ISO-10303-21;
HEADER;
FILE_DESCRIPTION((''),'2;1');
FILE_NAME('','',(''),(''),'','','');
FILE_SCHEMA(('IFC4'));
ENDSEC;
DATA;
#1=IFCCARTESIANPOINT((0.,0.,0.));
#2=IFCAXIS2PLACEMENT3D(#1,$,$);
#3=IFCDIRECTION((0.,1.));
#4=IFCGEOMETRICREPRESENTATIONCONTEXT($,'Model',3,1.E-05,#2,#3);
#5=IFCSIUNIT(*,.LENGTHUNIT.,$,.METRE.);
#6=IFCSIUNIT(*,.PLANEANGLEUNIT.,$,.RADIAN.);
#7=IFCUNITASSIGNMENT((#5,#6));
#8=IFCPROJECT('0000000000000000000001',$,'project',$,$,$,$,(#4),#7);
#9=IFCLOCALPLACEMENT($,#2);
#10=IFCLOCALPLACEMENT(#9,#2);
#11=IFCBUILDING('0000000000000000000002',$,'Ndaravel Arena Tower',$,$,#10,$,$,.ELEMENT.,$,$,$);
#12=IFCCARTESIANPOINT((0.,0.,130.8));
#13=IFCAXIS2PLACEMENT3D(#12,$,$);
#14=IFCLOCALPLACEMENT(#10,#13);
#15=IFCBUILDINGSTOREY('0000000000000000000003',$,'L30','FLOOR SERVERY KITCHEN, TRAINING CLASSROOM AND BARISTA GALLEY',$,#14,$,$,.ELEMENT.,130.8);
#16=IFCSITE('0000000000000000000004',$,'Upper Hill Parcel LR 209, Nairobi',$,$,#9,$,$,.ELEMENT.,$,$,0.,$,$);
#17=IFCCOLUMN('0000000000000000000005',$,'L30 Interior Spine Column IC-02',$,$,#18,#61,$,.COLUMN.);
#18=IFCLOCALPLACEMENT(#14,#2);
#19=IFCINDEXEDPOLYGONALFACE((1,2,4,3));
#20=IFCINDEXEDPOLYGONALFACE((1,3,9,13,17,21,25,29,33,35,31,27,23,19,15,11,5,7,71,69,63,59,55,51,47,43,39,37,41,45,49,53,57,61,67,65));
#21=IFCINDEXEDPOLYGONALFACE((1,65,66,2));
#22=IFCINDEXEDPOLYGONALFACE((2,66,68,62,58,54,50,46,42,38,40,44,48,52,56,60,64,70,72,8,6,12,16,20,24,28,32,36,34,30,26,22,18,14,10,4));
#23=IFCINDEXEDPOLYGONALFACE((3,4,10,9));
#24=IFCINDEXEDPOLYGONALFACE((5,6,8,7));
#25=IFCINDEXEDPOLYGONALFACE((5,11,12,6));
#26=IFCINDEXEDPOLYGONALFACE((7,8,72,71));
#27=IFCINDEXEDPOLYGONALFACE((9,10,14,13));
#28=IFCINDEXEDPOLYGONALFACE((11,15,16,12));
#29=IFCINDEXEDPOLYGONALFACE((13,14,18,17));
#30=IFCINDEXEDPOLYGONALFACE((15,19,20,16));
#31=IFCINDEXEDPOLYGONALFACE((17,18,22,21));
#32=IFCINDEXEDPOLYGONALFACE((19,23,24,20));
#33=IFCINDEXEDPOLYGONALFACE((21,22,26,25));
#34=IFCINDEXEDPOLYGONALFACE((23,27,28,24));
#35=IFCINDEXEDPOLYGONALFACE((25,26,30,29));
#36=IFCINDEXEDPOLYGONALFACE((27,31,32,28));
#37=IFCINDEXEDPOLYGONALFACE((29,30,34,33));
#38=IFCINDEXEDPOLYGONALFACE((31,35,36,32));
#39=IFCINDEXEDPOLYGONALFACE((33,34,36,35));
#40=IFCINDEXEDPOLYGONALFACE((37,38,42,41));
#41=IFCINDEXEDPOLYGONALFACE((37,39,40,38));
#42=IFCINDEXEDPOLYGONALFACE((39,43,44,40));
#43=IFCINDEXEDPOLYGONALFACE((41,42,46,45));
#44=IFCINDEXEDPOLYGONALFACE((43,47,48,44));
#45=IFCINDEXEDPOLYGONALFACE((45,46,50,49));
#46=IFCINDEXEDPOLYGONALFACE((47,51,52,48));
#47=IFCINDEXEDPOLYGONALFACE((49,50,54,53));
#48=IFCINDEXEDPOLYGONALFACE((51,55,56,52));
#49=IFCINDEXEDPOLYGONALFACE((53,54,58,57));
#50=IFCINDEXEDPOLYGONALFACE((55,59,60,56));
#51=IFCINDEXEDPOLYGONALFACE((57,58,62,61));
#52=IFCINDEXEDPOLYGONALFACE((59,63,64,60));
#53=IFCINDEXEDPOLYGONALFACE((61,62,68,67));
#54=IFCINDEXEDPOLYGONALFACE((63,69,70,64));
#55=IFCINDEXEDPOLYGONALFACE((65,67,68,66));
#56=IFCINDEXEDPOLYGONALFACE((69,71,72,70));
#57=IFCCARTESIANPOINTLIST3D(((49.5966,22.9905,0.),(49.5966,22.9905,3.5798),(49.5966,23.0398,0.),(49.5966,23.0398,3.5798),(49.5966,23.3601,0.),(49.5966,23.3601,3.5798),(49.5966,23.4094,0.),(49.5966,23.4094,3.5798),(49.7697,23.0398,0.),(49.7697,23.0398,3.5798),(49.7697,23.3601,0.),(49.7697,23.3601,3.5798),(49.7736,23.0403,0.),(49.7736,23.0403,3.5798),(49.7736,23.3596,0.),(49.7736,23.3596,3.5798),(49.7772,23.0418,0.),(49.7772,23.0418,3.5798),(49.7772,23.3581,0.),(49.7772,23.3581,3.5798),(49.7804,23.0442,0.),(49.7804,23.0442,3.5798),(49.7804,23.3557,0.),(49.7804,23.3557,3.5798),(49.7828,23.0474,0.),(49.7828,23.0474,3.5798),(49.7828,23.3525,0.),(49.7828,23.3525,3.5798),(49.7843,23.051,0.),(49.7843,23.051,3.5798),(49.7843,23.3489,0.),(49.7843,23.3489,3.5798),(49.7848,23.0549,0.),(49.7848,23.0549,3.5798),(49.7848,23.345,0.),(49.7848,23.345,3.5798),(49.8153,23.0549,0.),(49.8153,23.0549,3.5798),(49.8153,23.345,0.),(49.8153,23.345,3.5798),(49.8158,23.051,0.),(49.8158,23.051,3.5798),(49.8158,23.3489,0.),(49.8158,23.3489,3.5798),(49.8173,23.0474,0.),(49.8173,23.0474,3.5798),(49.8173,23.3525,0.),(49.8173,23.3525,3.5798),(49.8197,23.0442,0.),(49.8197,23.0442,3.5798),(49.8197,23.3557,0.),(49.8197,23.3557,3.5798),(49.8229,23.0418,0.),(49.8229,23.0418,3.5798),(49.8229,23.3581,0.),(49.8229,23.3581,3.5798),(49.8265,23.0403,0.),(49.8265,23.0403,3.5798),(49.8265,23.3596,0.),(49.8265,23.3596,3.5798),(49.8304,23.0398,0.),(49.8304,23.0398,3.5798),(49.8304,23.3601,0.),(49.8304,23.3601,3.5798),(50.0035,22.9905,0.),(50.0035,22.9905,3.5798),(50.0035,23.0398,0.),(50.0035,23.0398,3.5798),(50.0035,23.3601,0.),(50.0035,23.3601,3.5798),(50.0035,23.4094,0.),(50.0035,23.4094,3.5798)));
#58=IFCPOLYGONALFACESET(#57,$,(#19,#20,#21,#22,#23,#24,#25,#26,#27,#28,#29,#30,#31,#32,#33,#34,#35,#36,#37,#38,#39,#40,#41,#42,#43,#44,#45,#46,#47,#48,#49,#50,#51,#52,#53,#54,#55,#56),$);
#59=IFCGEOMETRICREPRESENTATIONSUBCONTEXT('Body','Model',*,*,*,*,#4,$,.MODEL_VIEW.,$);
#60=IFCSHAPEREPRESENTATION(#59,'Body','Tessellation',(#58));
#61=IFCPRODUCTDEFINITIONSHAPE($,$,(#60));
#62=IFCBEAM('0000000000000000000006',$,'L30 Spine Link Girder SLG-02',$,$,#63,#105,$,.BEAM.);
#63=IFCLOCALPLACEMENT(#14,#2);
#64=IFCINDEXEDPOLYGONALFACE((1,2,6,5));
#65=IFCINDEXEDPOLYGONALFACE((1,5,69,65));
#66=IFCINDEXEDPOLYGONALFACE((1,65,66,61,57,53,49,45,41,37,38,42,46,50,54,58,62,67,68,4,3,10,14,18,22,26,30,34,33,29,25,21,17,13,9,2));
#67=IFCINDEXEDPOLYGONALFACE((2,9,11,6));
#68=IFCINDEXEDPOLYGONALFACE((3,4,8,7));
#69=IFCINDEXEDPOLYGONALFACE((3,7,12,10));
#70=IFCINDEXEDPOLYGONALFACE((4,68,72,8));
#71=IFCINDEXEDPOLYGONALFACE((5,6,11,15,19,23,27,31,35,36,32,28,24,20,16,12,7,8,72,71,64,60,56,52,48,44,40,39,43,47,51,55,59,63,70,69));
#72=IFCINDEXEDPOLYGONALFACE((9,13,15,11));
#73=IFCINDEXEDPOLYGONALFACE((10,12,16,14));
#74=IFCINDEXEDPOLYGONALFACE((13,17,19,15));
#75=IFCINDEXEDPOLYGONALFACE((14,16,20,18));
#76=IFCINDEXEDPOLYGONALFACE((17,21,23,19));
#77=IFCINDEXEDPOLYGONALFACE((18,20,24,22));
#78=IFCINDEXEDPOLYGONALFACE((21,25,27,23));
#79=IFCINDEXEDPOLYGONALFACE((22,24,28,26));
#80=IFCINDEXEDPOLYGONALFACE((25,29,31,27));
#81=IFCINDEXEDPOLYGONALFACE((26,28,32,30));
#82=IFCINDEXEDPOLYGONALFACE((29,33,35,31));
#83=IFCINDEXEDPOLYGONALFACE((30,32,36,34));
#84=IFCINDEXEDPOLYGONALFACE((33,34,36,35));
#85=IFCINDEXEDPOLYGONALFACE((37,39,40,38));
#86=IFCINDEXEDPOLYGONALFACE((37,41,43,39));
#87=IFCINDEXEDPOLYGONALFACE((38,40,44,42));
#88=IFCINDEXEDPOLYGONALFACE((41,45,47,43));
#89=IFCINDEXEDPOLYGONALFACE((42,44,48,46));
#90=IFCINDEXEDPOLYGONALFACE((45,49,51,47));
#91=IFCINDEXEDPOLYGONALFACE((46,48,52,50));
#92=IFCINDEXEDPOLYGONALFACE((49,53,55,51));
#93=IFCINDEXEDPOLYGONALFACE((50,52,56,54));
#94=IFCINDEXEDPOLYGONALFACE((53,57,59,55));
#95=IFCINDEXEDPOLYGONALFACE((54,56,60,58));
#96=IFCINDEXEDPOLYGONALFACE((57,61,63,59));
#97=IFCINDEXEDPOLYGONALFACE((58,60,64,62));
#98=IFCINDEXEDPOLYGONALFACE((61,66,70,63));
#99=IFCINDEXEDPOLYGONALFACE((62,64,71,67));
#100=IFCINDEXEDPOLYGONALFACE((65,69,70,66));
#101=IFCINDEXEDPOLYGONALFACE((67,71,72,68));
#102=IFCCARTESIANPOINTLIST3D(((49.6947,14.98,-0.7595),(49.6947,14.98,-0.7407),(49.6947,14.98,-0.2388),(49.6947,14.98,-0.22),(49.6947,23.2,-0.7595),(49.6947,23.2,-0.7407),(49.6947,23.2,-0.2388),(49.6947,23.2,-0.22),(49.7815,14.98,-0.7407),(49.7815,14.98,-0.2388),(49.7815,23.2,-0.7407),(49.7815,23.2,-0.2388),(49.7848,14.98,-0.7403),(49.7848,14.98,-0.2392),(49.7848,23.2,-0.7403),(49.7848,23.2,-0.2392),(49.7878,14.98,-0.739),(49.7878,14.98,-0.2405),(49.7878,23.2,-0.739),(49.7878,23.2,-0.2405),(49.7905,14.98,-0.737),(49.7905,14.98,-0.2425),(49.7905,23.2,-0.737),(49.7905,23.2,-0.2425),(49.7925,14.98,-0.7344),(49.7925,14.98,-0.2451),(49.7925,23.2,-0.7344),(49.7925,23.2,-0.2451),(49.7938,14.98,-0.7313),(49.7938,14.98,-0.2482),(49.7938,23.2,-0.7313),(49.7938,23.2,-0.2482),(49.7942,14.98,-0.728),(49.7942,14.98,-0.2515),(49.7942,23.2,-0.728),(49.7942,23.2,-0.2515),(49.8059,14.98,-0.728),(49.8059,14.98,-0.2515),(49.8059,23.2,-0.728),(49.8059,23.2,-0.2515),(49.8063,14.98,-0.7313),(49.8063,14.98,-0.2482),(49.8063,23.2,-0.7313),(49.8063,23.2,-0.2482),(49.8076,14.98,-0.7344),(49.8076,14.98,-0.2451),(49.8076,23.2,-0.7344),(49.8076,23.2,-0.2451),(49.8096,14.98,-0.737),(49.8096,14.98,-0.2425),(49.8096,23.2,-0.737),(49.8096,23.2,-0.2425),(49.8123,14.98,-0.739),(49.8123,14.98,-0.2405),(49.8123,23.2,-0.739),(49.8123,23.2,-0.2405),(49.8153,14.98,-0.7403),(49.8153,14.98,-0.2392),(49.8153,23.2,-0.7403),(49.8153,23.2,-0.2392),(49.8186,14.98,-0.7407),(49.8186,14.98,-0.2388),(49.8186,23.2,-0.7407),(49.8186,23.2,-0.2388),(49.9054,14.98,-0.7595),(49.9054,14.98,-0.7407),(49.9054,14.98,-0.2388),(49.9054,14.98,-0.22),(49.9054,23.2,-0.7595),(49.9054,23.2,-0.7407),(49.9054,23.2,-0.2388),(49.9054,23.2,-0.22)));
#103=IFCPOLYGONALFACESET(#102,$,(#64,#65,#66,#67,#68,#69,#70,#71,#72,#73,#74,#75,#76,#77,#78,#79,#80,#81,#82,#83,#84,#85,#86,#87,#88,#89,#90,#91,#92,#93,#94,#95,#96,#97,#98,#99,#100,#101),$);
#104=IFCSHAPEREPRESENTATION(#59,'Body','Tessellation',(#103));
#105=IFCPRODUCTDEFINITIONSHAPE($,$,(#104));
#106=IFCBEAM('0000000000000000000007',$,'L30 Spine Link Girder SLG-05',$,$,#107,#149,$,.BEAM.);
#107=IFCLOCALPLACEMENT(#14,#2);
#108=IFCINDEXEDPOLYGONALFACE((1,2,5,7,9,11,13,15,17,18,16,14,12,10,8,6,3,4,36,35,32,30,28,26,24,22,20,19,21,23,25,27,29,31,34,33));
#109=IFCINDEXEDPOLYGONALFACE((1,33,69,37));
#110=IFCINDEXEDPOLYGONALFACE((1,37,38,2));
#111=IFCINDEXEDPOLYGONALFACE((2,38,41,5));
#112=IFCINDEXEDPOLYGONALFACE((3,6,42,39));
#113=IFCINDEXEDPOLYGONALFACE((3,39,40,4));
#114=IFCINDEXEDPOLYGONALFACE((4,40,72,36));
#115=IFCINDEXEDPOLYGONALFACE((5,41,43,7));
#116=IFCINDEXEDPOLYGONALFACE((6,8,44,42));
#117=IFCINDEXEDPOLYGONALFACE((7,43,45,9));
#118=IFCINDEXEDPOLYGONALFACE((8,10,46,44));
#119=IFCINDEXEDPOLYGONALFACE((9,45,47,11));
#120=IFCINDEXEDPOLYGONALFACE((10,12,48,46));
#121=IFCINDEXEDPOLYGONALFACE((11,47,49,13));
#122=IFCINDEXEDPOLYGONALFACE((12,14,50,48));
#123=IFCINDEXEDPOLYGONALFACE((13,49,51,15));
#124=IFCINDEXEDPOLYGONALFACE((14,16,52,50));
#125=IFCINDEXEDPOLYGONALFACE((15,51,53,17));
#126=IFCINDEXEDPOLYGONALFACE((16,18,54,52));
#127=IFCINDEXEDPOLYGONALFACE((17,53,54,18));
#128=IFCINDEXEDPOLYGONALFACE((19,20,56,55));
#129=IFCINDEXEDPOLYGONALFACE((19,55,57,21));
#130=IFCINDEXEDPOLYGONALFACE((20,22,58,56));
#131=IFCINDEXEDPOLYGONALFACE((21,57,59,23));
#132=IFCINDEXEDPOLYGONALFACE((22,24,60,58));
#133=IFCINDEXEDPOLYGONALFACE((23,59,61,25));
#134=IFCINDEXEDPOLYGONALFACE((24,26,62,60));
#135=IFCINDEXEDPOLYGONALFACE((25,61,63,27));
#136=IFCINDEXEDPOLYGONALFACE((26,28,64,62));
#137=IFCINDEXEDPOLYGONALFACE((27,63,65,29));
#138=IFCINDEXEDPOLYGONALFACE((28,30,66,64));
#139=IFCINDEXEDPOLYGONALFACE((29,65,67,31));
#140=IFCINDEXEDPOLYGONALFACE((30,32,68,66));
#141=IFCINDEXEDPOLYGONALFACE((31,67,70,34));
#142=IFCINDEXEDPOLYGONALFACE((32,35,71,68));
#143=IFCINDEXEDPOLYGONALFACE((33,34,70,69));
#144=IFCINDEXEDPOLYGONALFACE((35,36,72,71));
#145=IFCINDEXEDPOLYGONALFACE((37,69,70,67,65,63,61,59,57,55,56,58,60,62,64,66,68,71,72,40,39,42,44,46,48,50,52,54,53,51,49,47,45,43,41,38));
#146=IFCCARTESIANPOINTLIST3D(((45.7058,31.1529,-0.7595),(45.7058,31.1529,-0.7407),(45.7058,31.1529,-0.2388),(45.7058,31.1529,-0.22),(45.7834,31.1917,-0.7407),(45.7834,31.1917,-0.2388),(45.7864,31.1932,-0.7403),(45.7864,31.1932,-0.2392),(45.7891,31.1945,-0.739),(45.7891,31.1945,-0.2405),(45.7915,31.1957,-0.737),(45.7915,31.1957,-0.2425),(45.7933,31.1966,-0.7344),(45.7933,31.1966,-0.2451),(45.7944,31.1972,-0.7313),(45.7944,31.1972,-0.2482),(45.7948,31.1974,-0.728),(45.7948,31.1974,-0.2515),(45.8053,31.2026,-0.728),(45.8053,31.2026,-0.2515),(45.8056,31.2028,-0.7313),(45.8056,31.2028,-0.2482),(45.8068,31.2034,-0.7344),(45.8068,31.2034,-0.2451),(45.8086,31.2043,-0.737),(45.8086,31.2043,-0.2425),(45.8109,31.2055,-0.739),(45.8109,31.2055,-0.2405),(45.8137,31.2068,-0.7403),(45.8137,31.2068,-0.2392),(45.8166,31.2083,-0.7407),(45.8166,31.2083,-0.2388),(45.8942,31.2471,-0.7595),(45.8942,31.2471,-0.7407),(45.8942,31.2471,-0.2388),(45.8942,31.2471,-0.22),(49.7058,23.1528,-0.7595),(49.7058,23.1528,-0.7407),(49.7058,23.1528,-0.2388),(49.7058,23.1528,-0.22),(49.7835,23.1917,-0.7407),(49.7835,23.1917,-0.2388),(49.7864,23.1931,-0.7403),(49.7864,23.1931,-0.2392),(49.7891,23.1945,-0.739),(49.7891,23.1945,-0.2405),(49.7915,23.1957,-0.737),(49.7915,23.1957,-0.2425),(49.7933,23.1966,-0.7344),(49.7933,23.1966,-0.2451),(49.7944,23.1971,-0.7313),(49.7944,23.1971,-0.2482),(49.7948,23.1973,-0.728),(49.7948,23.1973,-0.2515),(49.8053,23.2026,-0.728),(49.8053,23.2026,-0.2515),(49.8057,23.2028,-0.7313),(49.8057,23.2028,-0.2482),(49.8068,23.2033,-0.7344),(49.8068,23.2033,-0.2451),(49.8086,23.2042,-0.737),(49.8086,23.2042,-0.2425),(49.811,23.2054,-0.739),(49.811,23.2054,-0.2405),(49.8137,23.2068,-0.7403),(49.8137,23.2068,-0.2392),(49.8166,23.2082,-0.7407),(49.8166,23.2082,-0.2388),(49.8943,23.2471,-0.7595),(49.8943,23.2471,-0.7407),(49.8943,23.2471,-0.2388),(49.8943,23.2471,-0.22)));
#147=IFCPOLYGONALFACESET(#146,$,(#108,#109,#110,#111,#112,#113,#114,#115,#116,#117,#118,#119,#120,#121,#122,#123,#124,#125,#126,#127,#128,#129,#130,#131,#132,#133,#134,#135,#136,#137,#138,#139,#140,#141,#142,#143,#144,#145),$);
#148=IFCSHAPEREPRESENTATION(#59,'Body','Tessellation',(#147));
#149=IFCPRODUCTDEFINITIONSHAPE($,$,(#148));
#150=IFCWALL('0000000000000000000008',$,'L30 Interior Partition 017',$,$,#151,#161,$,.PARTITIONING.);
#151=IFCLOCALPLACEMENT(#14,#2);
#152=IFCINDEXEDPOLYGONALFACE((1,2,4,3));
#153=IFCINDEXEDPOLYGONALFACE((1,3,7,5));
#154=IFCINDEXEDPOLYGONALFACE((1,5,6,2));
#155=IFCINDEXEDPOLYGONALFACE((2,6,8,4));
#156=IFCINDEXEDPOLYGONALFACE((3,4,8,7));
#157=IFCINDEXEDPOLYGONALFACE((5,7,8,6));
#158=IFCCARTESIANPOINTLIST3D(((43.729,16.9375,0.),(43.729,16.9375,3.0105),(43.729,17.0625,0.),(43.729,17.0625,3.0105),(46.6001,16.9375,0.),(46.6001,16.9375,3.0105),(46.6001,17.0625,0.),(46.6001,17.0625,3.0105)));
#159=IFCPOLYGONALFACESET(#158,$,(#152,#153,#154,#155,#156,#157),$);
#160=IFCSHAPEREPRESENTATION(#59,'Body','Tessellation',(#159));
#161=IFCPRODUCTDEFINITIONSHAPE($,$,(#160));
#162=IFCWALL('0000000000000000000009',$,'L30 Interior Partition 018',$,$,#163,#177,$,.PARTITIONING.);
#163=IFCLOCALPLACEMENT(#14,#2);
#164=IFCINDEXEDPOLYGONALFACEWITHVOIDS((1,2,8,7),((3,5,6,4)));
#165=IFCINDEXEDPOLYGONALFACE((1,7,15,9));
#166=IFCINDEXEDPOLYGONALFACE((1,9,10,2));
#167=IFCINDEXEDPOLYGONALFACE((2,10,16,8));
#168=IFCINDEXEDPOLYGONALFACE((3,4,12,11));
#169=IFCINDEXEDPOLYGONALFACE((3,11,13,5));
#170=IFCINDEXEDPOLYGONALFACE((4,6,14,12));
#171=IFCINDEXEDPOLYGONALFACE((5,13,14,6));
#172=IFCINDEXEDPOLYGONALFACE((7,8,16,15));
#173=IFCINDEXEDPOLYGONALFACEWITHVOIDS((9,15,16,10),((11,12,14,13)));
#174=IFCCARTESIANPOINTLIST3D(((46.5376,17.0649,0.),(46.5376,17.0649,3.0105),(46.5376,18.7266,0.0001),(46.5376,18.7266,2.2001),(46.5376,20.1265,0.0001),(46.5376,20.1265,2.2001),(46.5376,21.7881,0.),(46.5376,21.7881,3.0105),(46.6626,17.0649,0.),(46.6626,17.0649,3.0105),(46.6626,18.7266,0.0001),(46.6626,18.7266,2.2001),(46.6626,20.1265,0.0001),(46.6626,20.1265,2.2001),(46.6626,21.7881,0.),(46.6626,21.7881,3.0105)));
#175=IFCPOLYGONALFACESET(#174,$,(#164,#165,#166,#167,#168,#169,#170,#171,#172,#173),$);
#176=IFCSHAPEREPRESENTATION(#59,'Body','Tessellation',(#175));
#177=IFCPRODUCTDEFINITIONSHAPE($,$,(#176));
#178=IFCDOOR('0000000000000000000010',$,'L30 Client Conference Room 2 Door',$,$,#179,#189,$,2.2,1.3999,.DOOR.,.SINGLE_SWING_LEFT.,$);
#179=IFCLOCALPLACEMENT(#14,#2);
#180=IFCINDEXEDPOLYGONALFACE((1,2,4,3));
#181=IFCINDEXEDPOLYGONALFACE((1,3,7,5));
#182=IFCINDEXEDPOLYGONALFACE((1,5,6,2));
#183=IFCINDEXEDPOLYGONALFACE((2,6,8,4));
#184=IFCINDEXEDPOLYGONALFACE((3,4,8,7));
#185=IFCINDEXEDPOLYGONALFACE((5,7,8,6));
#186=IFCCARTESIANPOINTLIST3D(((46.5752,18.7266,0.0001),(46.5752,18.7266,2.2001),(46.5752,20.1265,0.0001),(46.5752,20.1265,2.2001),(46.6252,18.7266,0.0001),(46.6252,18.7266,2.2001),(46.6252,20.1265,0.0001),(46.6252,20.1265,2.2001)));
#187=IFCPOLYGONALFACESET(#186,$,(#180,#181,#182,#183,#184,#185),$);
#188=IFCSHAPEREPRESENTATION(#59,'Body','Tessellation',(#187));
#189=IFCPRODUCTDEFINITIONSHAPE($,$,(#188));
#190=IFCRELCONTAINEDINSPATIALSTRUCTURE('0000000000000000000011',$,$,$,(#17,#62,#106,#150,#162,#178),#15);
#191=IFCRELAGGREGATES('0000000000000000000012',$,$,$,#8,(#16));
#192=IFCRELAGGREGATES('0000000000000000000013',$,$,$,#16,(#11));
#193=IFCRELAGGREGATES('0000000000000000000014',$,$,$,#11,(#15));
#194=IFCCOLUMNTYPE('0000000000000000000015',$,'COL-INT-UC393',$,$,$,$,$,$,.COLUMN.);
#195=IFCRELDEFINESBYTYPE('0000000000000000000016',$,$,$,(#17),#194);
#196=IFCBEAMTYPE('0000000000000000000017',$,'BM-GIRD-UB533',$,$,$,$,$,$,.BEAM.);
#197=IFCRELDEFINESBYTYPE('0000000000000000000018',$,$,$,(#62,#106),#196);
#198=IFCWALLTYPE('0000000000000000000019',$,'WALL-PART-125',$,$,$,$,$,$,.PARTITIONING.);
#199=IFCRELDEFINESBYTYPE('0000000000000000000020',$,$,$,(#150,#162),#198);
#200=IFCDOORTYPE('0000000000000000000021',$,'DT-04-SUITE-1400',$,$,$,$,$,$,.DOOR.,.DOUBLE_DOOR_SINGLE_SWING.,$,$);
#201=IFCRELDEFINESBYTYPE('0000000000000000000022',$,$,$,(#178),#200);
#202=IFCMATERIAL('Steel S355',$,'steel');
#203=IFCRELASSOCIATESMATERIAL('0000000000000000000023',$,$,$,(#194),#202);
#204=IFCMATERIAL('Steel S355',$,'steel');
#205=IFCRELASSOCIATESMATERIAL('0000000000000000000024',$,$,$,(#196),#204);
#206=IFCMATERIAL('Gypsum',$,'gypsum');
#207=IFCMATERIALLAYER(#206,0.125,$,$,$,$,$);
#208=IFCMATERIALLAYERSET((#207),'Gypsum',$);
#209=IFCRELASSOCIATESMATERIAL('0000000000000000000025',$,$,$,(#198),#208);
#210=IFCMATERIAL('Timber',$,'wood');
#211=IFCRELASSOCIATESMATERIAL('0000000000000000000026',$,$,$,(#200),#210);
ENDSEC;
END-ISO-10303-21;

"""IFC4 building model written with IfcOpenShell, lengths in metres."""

from ifc_helpers import new_model, si_unit, direction, frame, frame_2d, origin, origin_2d, place, context, subcontext, project, spatial, rectangle, i_section, extrude, material, layer, layer_set, material_profile, profile_set, type_object, element, fill, save


model = new_model("IFC4")

# Units and contexts
model_context = context("Model", 3, precision=1e-05, world=origin(), true_north=direction((0.0, 1.0)))
body_context = subcontext(model_context, "Body", "Model", "MODEL_VIEW")
ifc_project = project(units=[si_unit("LENGTHUNIT", "METRE"), si_unit("PLANEANGLEUNIT", "RADIAN")], contexts=[model_context])

# Site, building, storey
site_placement = place(None, origin())
site = spatial("IfcSite", under=ifc_project, at=site_placement, Name="Upper Hill Parcel LR 209, Nairobi", CompositionType="ELEMENT", RefElevation=0.0)
building_placement = place(site_placement, origin())
building = spatial("IfcBuilding", under=site, at=building_placement, Name="Ndaravel Arena Tower", CompositionType="ELEMENT")
storey_placement = place(building_placement, frame((0.0, 0.0, 130.8)))
storey = spatial("IfcBuildingStorey", under=building, at=storey_placement, Name="L30", Description="FLOOR SERVERY KITCHEN, TRAINING CLASSROOM AND BARISTA GALLEY", CompositionType="ELEMENT", Elevation=130.8)

# Column
ifc_material_1 = material(Name="Steel S355", Category="steel")
ifc_material_profile_1 = material_profile(ifc_material_1, i_section(OverallWidth=0.407, OverallDepth=0.4189, WebThickness=0.0305, FlangeThickness=0.0493, FilletRadius=0.0151, at=origin_2d()), Name="UC 356x406x393")
ifc_profile_set_1 = profile_set([ifc_material_profile_1], Name="Steel S355")
column_type = type_object("IfcColumnType", Name="COL-INT-UC393", PredefinedType="COLUMN", material=ifc_profile_set_1)
column_placement = place(storey_placement, frame((49.8, 23.2, 0.0), z_axis=(0.0, 0.0, 1.0), x_axis=(1.0, 0.0, 0.0)))
element("IfcColumn", 1, at=column_placement, inside=storey, type_object=column_type, Name="L30 Interior Spine Column IC-02", PredefinedType="COLUMN", context=body_context, shape_type="SweptSolid", body=[
    extrude(i_section(OverallWidth=0.407, OverallDepth=0.4189, WebThickness=0.0305, FlangeThickness=0.0493, FilletRadius=0.0151, at=origin_2d()), origin(), (0.0, 0.0, 1.0), 3.5798),
])

# Beams
ifc_material_2 = material(Name="Steel S355", Category="steel")
ifc_material_profile_2 = material_profile(ifc_material_2, i_section(OverallWidth=0.2107, OverallDepth=0.5396, WebThickness=0.0117, FlangeThickness=0.0188, FilletRadius=0.0127, at=origin_2d()), Name="UB 533x210x109")
ifc_profile_set_2 = profile_set([ifc_material_profile_2], Name="Steel S355")
beam_type = type_object("IfcBeamType", Name="BM-GIRD-UB533", PredefinedType="BEAM", material=ifc_profile_set_2)
beam_1_placement = place(storey_placement, frame((49.8, 14.98, -0.4897), z_axis=(0.0, 1.0, 0.0), x_axis=(-1.0, 0.0, 0.0)))
element("IfcBeam", 2, at=beam_1_placement, inside=storey, type_object=beam_type, Name="L30 Spine Link Girder SLG-02", PredefinedType="BEAM", context=body_context, shape_type="SweptSolid", body=[
    extrude(i_section(OverallWidth=0.2107, OverallDepth=0.5396, WebThickness=0.0117, FlangeThickness=0.0188, FilletRadius=0.0127, at=origin_2d()), origin(), (0.0, 0.0, 1.0), 8.22),
])
beam_2_placement = place(storey_placement, frame((49.8, 23.2, -0.4897), z_axis=(-0.447214, 0.894427, 0.0), x_axis=(-0.894427, -0.447214, 0.0)))
element("IfcBeam", 3, at=beam_2_placement, inside=storey, type_object=beam_type, Name="L30 Spine Link Girder SLG-05", PredefinedType="BEAM", context=body_context, shape_type="SweptSolid", body=[
    extrude(i_section(OverallWidth=0.2107, OverallDepth=0.5396, WebThickness=0.0117, FlangeThickness=0.0188, FilletRadius=0.0127, at=origin_2d()), origin(), (0.0, 0.0, 1.0), 8.9443),
])

# Wall
ifc_material_3 = material(Name="Gypsum", Category="gypsum")
ifc_layer_1 = layer(ifc_material_3, 0.125)
ifc_layer_set_1 = layer_set([ifc_layer_1], Name="Gypsum")
wall_type_1 = type_object("IfcWallType", Name="WALL-PART-125", PredefinedType="PARTITIONING", material=ifc_layer_set_1)
wall_1_placement = place(storey_placement, frame((43.729, 17.0, 0.0), z_axis=(0.0, 0.0, 1.0), x_axis=(1.0, 0.0, 0.0)))
element("IfcWall", 4, at=wall_1_placement, inside=storey, type_object=wall_type_1, Name="L30 Interior Partition 017", PredefinedType="PARTITIONING", context=body_context, shape_type="SweptSolid", body=[
    extrude(rectangle(XDim=2.8711, YDim=0.125, at=frame_2d((1.4355, 0.0))), origin(), (0.0, 0.0, 1.0), 3.0105),
])

# Wall, opening, door
wall_2_placement = place(storey_placement, frame((46.6001, 17.0649, 0.0), z_axis=(0.0, 0.0, 1.0), x_axis=(0.0, 1.0, 0.0)))
wall_2 = element("IfcWall", 5, at=wall_2_placement, inside=storey, type_object=wall_type_1, Name="L30 Interior Partition 018", PredefinedType="PARTITIONING", context=body_context, shape_type="SweptSolid", body=[
    extrude(rectangle(XDim=4.7231, YDim=0.125, at=frame_2d((2.3616, 0.0))), origin(), (0.0, 0.0, 1.0), 3.0105),
])
opening_1_placement = place(wall_2_placement, frame((1.6616, 0.0, 0.0)))
opening_1 = element("IfcOpeningElement", 6, at=opening_1_placement, cuts=wall_2, PredefinedType="OPENING", context=body_context, shape_type="SweptSolid", body=[
    extrude(rectangle(XDim=1.3999, YDim=2.2, at=frame_2d((0.7, 1.1001))), frame((0.0, 0.0625, 0.0), z_axis=(0.0, -1.0, 0.0), x_axis=(1.0, 0.0, 0.0)), (0.0, 0.0, 1.0), 0.125),
])
ifc_material_4 = material(Name="Timber", Category="wood")
door_type_1 = type_object("IfcDoorType", Name="DT-04-SUITE-1400", OperationType="DOUBLE_DOOR_SINGLE_SWING", PredefinedType="DOOR", material=ifc_material_4)
door_1_placement = place(opening_1_placement, origin())
door_1 = element("IfcDoor", 7, at=door_1_placement, inside=storey, type_object=door_type_1, Name="L30 Client Conference Room 2 Door", OperationType="SINGLE_SWING_LEFT", OverallHeight=2.2, OverallWidth=1.3999, PredefinedType="DOOR", context=body_context, shape_type="SweptSolid", body=[
    extrude(rectangle(XDim=1.3999, YDim=2.2, at=frame_2d((0.7, 1.1001))), frame((0.0, 0.0249, 0.0), z_axis=(0.0, -1.0, 0.0), x_axis=(1.0, 0.0, 0.0)), (0.0, 0.0, 1.0), 0.05),
])
fill(opening_1, door_1)

save(model, "model.ifc")
